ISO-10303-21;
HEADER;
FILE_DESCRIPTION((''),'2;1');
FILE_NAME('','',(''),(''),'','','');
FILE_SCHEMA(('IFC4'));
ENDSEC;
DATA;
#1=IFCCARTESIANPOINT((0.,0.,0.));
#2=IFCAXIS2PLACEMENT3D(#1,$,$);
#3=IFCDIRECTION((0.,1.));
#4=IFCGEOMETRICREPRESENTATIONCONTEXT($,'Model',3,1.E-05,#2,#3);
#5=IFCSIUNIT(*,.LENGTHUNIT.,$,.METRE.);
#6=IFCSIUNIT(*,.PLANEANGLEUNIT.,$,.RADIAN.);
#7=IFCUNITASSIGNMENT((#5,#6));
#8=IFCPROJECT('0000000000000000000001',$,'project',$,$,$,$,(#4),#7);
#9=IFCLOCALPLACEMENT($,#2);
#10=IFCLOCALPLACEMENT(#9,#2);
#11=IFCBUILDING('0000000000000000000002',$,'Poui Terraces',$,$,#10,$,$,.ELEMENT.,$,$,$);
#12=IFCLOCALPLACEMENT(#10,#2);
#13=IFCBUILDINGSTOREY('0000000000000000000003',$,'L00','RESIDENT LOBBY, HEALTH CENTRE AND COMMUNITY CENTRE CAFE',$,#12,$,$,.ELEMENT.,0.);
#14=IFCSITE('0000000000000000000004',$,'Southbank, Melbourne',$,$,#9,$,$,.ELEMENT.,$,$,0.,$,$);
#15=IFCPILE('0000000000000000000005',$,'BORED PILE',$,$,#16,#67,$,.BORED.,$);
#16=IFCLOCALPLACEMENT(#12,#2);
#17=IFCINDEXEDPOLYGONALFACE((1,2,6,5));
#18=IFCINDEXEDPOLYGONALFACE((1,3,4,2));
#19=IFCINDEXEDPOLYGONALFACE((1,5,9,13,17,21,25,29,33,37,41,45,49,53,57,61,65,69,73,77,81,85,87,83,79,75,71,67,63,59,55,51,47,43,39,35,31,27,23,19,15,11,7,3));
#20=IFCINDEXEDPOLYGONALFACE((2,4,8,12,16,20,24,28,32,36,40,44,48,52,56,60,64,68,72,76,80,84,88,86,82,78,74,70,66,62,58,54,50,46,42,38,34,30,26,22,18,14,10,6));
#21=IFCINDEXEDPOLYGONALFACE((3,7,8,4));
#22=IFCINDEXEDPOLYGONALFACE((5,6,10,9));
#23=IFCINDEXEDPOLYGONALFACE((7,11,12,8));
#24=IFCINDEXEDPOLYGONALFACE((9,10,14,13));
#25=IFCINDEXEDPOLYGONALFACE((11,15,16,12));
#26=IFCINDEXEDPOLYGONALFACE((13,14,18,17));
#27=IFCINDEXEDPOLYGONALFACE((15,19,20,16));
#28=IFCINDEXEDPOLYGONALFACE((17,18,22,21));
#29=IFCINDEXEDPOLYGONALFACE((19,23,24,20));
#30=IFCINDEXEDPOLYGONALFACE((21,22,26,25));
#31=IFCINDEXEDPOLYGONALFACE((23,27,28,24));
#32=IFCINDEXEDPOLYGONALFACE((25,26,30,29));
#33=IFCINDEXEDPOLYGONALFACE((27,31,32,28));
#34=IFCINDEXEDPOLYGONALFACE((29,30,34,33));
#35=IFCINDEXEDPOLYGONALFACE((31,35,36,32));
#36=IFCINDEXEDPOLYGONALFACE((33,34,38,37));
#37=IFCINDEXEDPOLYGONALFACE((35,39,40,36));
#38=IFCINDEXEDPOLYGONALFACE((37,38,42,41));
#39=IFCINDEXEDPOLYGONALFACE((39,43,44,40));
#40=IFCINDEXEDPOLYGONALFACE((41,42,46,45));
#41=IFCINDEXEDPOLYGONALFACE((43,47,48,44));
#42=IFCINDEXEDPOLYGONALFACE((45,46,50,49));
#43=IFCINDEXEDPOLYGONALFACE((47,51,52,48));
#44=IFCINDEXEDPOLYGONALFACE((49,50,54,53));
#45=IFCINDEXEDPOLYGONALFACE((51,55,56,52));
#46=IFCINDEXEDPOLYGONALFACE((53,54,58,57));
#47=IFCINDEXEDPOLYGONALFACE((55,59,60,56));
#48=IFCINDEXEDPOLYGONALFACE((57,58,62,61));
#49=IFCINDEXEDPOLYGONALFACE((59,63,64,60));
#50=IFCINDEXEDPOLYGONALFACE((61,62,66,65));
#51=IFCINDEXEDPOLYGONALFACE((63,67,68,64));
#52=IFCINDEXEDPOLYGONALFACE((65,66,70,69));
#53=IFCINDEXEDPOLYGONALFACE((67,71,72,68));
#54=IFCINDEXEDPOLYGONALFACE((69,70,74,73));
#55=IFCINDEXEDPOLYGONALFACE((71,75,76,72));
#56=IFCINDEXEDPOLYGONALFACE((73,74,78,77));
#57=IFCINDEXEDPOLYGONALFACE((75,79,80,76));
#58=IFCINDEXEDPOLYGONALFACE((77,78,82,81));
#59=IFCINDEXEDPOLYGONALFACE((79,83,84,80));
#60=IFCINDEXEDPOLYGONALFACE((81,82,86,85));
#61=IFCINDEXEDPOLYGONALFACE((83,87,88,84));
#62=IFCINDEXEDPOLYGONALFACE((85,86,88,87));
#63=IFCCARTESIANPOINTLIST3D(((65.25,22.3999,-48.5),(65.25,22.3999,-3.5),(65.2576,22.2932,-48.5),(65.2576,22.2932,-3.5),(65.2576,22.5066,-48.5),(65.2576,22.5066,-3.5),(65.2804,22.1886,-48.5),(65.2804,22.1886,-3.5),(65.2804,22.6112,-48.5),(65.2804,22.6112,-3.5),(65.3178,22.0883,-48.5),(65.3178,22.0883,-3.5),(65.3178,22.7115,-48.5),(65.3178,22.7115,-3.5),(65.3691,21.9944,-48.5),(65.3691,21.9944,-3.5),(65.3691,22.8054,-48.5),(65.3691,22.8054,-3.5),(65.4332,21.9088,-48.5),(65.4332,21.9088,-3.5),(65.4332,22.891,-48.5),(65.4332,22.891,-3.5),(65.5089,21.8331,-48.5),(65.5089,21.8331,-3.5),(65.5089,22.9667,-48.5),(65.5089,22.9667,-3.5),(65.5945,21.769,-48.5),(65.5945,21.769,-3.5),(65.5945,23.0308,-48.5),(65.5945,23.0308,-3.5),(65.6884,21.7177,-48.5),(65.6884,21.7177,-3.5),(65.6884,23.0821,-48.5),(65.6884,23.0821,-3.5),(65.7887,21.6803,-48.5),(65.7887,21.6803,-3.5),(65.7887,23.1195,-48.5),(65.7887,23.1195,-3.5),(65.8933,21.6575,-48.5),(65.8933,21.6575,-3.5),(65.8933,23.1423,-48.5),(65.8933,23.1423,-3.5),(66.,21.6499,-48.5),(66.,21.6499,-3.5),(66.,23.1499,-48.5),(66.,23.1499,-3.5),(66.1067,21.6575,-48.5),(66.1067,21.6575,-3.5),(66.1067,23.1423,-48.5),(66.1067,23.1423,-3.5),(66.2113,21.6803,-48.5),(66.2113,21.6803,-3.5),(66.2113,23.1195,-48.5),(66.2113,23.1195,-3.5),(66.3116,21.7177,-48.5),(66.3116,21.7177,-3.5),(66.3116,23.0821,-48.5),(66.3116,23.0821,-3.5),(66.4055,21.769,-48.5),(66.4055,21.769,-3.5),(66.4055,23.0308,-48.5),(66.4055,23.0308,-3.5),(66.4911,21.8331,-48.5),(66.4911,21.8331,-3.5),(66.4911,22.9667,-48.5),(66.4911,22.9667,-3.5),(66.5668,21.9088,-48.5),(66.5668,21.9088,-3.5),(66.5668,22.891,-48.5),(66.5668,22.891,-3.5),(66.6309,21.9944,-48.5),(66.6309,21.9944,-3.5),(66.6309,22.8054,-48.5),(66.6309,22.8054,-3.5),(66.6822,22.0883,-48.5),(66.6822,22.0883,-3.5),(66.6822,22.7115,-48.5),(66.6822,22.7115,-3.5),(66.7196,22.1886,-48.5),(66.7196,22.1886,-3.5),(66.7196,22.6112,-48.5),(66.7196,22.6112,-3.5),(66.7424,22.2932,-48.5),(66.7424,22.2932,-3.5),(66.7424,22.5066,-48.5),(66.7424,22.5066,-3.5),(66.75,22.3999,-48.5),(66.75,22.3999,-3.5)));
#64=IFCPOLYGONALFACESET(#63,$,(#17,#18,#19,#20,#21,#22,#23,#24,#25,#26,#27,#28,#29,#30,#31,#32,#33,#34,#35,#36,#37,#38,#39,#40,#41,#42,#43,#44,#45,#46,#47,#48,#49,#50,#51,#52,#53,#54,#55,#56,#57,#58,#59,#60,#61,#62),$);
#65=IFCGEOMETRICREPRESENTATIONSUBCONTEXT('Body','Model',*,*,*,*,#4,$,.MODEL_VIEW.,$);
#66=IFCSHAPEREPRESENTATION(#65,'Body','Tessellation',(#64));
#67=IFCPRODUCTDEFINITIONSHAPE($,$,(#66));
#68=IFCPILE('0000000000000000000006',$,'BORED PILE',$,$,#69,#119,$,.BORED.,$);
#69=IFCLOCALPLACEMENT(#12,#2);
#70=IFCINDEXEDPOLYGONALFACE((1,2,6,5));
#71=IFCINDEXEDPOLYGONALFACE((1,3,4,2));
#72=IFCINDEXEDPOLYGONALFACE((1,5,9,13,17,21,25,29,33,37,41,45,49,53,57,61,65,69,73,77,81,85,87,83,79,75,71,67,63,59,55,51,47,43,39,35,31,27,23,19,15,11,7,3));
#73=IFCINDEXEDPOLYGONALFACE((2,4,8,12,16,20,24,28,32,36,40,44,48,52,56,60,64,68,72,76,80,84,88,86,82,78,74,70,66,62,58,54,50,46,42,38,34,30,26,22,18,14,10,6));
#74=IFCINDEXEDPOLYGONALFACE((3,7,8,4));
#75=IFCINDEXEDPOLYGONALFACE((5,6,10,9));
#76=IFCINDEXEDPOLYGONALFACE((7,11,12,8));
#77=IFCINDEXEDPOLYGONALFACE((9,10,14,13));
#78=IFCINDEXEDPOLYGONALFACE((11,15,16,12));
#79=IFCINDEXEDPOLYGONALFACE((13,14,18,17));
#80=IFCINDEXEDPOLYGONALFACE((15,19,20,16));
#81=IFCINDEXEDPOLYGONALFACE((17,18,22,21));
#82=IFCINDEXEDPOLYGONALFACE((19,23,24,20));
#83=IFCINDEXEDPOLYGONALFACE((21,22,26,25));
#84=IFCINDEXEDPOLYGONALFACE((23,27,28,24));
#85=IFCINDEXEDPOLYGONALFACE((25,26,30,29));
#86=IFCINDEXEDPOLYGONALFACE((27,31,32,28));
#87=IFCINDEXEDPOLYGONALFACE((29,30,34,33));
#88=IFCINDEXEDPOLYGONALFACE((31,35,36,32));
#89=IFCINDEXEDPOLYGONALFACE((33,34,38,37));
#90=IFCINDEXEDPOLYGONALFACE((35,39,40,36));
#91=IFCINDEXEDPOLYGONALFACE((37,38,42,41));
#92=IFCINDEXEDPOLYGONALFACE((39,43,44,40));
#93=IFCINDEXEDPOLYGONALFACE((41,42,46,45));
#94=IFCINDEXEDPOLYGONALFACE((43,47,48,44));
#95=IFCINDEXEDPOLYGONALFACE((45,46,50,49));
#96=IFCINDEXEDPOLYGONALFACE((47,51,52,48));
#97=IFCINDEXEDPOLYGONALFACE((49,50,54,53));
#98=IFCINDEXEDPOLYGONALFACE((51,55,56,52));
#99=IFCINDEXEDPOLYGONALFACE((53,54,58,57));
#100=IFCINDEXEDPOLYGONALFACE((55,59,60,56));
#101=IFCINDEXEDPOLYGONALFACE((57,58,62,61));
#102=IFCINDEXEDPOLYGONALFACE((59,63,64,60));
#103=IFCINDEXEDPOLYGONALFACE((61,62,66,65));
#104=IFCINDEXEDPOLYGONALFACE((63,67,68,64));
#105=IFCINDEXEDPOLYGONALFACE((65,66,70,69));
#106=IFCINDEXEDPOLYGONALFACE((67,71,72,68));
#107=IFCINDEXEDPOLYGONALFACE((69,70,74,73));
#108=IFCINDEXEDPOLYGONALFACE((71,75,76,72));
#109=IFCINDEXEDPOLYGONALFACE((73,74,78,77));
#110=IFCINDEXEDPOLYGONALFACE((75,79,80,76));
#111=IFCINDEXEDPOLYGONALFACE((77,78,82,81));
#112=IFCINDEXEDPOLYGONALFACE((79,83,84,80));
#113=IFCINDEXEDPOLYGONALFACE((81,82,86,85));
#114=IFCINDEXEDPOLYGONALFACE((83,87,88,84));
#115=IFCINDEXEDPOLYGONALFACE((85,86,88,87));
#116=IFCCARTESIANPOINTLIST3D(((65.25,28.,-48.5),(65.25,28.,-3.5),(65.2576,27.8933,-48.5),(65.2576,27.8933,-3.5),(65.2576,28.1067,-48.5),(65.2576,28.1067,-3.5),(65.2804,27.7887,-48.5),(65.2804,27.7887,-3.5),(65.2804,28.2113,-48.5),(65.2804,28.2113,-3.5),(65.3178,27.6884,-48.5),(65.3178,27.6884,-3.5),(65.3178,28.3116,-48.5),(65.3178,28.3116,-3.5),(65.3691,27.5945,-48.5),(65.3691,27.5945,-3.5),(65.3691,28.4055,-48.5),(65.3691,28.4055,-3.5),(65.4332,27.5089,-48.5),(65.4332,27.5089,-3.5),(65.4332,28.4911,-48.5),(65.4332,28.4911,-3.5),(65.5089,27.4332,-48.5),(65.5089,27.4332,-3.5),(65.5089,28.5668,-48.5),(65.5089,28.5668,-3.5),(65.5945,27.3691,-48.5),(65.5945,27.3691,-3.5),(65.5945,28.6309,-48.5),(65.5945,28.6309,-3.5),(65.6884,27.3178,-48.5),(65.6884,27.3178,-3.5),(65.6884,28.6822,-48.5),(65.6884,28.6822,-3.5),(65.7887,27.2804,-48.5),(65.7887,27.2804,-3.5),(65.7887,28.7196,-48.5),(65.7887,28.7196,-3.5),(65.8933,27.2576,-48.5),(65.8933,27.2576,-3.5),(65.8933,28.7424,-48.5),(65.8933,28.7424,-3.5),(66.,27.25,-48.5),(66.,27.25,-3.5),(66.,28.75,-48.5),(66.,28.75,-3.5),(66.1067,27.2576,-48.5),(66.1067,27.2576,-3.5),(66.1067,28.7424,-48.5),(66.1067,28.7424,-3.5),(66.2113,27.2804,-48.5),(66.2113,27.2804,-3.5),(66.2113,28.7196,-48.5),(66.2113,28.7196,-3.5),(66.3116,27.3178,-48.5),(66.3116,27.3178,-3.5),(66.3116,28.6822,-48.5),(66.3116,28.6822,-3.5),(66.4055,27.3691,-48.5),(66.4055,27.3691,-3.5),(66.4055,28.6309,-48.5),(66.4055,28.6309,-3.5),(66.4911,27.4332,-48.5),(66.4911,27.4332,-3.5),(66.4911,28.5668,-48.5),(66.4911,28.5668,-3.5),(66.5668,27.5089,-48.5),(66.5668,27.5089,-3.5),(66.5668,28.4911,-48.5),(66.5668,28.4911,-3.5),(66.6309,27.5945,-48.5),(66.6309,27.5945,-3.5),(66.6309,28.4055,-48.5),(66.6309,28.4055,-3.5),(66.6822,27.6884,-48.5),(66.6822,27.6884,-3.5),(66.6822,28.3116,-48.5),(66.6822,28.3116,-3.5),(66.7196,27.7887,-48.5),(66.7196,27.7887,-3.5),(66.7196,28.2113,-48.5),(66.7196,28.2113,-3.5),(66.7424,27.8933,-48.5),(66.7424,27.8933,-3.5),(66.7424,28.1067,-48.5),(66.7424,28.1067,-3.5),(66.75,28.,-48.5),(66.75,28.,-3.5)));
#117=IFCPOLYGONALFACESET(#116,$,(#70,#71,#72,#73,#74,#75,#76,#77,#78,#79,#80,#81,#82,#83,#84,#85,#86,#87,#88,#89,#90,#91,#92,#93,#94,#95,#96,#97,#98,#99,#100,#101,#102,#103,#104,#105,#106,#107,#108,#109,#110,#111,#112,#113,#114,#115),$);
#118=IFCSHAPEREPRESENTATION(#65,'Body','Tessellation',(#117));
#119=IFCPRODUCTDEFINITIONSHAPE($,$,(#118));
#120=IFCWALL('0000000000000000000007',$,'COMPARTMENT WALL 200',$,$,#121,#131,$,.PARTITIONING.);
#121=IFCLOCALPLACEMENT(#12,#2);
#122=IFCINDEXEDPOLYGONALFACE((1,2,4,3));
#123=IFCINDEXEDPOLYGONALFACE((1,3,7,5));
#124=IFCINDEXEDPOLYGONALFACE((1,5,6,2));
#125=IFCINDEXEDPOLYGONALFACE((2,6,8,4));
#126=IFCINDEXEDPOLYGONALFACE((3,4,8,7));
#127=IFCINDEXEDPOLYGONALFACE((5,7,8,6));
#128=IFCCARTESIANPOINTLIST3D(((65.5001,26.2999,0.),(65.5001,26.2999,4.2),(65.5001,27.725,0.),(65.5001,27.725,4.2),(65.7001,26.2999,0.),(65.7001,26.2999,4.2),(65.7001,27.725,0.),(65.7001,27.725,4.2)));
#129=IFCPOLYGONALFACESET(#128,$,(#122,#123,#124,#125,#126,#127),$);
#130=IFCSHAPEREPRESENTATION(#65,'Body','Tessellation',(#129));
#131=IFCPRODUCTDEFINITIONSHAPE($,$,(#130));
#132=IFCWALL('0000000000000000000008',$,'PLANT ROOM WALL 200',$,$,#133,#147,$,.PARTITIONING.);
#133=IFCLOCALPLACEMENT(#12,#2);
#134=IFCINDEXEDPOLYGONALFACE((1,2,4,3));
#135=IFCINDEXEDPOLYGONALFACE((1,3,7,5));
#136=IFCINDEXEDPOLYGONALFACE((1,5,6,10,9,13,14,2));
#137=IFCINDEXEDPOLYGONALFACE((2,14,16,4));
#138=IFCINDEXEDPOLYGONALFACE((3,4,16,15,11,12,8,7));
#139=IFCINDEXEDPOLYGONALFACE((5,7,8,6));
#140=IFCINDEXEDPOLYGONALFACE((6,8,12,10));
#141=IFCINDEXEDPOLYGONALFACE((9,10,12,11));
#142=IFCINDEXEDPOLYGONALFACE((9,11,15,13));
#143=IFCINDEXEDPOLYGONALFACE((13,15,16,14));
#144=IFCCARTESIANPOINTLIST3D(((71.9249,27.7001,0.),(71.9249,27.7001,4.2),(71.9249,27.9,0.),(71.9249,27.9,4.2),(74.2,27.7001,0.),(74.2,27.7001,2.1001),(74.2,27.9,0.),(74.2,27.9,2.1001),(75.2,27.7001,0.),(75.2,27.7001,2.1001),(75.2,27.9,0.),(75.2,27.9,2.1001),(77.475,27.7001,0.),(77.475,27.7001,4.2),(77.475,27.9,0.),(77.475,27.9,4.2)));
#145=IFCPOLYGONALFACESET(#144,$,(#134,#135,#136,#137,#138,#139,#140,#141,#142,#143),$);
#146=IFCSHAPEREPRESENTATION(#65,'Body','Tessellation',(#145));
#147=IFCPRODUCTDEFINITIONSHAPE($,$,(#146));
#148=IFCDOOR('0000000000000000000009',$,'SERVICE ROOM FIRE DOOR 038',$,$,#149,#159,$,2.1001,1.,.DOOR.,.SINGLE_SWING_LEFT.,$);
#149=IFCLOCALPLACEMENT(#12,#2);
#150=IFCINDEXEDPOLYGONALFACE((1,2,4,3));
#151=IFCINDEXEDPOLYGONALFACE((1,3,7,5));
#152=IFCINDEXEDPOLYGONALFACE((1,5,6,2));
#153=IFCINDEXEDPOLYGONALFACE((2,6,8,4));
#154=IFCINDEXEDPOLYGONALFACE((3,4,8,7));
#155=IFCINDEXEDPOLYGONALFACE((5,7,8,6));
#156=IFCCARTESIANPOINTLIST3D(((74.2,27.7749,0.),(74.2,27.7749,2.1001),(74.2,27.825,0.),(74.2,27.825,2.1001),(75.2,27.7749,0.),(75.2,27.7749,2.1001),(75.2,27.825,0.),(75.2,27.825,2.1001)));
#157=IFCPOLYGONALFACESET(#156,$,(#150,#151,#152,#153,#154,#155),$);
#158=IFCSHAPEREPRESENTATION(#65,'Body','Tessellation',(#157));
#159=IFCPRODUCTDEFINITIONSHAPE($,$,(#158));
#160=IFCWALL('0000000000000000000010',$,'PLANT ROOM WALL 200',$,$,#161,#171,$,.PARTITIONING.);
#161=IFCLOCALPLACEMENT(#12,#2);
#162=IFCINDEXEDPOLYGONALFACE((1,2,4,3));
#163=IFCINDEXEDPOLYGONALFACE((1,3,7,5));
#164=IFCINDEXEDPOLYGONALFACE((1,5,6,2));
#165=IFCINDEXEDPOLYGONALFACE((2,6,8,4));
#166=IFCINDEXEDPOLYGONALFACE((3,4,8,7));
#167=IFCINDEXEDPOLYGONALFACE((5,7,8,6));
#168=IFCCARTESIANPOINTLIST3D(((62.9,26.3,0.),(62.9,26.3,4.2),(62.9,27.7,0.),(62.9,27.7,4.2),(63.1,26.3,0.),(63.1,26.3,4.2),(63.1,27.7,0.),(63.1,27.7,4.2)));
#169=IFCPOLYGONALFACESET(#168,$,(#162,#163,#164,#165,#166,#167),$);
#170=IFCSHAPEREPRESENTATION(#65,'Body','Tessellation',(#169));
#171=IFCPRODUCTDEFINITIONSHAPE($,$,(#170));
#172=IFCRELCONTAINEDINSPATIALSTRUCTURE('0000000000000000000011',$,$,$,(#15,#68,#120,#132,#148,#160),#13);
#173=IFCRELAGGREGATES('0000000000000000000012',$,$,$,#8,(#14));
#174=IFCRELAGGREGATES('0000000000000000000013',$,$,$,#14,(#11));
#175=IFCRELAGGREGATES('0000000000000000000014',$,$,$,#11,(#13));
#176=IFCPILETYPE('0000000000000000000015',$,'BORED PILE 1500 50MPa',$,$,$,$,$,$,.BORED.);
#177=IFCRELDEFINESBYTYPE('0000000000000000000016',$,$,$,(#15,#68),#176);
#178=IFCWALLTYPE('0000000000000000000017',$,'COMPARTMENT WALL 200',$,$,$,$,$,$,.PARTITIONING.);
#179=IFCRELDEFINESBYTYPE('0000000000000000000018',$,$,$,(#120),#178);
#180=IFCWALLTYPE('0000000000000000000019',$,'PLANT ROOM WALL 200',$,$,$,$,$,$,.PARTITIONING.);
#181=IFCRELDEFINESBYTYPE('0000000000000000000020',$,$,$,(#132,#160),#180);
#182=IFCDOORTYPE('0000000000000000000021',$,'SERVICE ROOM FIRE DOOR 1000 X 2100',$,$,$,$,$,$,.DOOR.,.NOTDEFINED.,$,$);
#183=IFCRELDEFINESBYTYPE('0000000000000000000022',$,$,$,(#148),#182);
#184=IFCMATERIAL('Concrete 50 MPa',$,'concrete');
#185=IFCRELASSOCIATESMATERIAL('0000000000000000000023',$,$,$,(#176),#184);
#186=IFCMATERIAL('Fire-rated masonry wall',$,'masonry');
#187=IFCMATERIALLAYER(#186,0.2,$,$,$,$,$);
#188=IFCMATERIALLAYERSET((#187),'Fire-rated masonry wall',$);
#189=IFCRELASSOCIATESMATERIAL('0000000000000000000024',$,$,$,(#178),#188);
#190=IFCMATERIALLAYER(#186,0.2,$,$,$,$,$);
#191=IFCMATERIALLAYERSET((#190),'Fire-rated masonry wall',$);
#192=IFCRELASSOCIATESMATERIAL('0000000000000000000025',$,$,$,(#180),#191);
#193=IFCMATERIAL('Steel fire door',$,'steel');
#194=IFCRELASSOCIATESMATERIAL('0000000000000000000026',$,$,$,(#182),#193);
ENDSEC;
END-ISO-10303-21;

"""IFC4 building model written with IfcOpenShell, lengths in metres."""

from ifc_helpers import new_model, si_unit, direction, frame, frame_2d, origin, origin_2d, place, context, subcontext, project, spatial, rectangle, circle, extrude, material, layer, layer_set, material_profile, profile_set, type_object, element, fill, save


model = new_model("IFC4")

# Units and contexts
model_context = context("Model", 3, precision=1e-05, world=origin(), true_north=direction((0.0, 1.0)))
body_context = subcontext(model_context, "Body", "Model", "MODEL_VIEW")
ifc_project = project(units=[si_unit("LENGTHUNIT", "METRE"), si_unit("PLANEANGLEUNIT", "RADIAN")], contexts=[model_context])

# Site, building, storey
site_placement = place(None, origin())
site = spatial("IfcSite", under=ifc_project, at=site_placement, Name="Southbank, Melbourne", CompositionType="ELEMENT", RefElevation=0.0)
building_placement = place(site_placement, origin())
building = spatial("IfcBuilding", under=site, at=building_placement, Name="Poui Terraces", CompositionType="ELEMENT")
storey_placement = place(building_placement, origin())
storey = spatial("IfcBuildingStorey", under=building, at=storey_placement, Name="L00", Description="RESIDENT LOBBY, HEALTH CENTRE AND COMMUNITY CENTRE CAFE", CompositionType="ELEMENT", Elevation=0.0)

# Piles
ifc_material_1 = material(Name="Concrete 50 MPa", Category="concrete")
ifc_material_profile = material_profile(ifc_material_1, circle(Radius=0.75, at=origin_2d()), Name="RC D1500")
ifc_profile_set = profile_set([ifc_material_profile], Name="Concrete 50 MPa")
pile_type = type_object("IfcPileType", Name="BORED PILE 1500 50MPa", PredefinedType="BORED", material=ifc_profile_set)
for number, where, z_axis, x_axis, name in (
    (1, (66.0, 22.3999, -3.5), (0.0, 0.0, -1.0), (1.0, 0.0, 0.0), "BORED PILE"),
    (2, (66.0, 28.0, -3.5), (0.0, 0.0, -1.0), (1.0, 0.0, 0.0), "BORED PILE"),
):
    element("IfcPile", number, at=place(storey_placement, frame(where, z_axis=z_axis, x_axis=x_axis)), inside=storey, type_object=pile_type, Name=name, PredefinedType="BORED", context=body_context, shape_type="SweptSolid", body=[
        extrude(circle(Radius=0.75, at=origin_2d()), origin(), (0.0, 0.0, 1.0), 45.0),
    ])

# Wall
ifc_material_2 = material(Name="Fire-rated masonry wall", Category="masonry")
ifc_layer_1 = layer(ifc_material_2, 0.2)
ifc_layer_set_1 = layer_set([ifc_layer_1], Name="Fire-rated masonry wall")
wall_type_1 = type_object("IfcWallType", Name="COMPARTMENT WALL 200", PredefinedType="PARTITIONING", material=ifc_layer_set_1)
wall_1_placement = place(storey_placement, frame((65.6001, 26.3, 0.0), z_axis=(0.0, 0.0, 1.0), x_axis=(0.0, 1.0, 0.0)))
element("IfcWall", 3, at=wall_1_placement, inside=storey, type_object=wall_type_1, Name="COMPARTMENT WALL 200", PredefinedType="PARTITIONING", context=body_context, shape_type="SweptSolid", body=[
    extrude(rectangle(XDim=1.425, YDim=0.2, at=frame_2d((0.7124, 0.0))), origin(), (0.0, 0.0, 1.0), 4.2),
])

# Wall, opening, door
ifc_layer_2 = layer(ifc_material_2, 0.2)
ifc_layer_set_2 = layer_set([ifc_layer_2], Name="Fire-rated masonry wall")
wall_type_2 = type_object("IfcWallType", Name="PLANT ROOM WALL 200", PredefinedType="PARTITIONING", material=ifc_layer_set_2)
wall_2_placement = place(storey_placement, frame((71.925, 27.8, 0.0), z_axis=(0.0, 0.0, 1.0), x_axis=(1.0, 0.0, 0.0)))
wall_2 = element("IfcWall", 4, at=wall_2_placement, inside=storey, type_object=wall_type_2, Name="PLANT ROOM WALL 200", PredefinedType="PARTITIONING", context=body_context, shape_type="SweptSolid", body=[
    extrude(rectangle(XDim=5.55, YDim=0.2, at=frame_2d((2.7749, 0.0))), origin(), (0.0, 0.0, 1.0), 4.2),
])
opening_1_placement = place(wall_2_placement, frame((2.2749, 0.0, 0.0)))
opening_1 = element("IfcOpeningElement", 5, at=opening_1_placement, cuts=wall_2, PredefinedType="OPENING", context=body_context, shape_type="SweptSolid", body=[
    extrude(rectangle(XDim=1.0, YDim=2.1001, at=frame_2d((0.5, 1.05))), frame((0.0, 0.1099, 0.0), z_axis=(0.0, -1.0, 0.0), x_axis=(1.0, 0.0, 0.0)), (0.0, 0.0, 1.0), 0.22),
])
ifc_material_3 = material(Name="Steel fire door", Category="steel")
door_type_1 = type_object("IfcDoorType", Name="SERVICE ROOM FIRE DOOR 1000 X 2100", OperationType="NOTDEFINED", PredefinedType="DOOR", material=ifc_material_3)
door_1_placement = place(opening_1_placement, origin())
door_1 = element("IfcDoor", 6, at=door_1_placement, inside=storey, type_object=door_type_1, Name="SERVICE ROOM FIRE DOOR 038", OperationType="SINGLE_SWING_LEFT", OverallHeight=2.1001, OverallWidth=1.0, PredefinedType="DOOR", context=body_context, shape_type="SweptSolid", body=[
    extrude(rectangle(XDim=1.0, YDim=2.1001, at=frame_2d((0.5, 1.05))), frame((0.0, 0.0249, 0.0), z_axis=(0.0, -1.0, 0.0), x_axis=(1.0, 0.0, 0.0)), (0.0, 0.0, 1.0), 0.05),
])
fill(opening_1, door_1)

# Wall
wall_3_placement = place(storey_placement, frame((63.0, 26.3, 0.0), z_axis=(0.0, 0.0, 1.0), x_axis=(0.0, 1.0, 0.0)))
element("IfcWall", 7, at=wall_3_placement, inside=storey, type_object=wall_type_2, Name="PLANT ROOM WALL 200", PredefinedType="PARTITIONING", context=body_context, shape_type="SweptSolid", body=[
    extrude(rectangle(XDim=1.3999, YDim=0.2, at=frame_2d((0.7, 0.0))), origin(), (0.0, 0.0, 1.0), 4.2),
])

save(model, "model.ifc")
